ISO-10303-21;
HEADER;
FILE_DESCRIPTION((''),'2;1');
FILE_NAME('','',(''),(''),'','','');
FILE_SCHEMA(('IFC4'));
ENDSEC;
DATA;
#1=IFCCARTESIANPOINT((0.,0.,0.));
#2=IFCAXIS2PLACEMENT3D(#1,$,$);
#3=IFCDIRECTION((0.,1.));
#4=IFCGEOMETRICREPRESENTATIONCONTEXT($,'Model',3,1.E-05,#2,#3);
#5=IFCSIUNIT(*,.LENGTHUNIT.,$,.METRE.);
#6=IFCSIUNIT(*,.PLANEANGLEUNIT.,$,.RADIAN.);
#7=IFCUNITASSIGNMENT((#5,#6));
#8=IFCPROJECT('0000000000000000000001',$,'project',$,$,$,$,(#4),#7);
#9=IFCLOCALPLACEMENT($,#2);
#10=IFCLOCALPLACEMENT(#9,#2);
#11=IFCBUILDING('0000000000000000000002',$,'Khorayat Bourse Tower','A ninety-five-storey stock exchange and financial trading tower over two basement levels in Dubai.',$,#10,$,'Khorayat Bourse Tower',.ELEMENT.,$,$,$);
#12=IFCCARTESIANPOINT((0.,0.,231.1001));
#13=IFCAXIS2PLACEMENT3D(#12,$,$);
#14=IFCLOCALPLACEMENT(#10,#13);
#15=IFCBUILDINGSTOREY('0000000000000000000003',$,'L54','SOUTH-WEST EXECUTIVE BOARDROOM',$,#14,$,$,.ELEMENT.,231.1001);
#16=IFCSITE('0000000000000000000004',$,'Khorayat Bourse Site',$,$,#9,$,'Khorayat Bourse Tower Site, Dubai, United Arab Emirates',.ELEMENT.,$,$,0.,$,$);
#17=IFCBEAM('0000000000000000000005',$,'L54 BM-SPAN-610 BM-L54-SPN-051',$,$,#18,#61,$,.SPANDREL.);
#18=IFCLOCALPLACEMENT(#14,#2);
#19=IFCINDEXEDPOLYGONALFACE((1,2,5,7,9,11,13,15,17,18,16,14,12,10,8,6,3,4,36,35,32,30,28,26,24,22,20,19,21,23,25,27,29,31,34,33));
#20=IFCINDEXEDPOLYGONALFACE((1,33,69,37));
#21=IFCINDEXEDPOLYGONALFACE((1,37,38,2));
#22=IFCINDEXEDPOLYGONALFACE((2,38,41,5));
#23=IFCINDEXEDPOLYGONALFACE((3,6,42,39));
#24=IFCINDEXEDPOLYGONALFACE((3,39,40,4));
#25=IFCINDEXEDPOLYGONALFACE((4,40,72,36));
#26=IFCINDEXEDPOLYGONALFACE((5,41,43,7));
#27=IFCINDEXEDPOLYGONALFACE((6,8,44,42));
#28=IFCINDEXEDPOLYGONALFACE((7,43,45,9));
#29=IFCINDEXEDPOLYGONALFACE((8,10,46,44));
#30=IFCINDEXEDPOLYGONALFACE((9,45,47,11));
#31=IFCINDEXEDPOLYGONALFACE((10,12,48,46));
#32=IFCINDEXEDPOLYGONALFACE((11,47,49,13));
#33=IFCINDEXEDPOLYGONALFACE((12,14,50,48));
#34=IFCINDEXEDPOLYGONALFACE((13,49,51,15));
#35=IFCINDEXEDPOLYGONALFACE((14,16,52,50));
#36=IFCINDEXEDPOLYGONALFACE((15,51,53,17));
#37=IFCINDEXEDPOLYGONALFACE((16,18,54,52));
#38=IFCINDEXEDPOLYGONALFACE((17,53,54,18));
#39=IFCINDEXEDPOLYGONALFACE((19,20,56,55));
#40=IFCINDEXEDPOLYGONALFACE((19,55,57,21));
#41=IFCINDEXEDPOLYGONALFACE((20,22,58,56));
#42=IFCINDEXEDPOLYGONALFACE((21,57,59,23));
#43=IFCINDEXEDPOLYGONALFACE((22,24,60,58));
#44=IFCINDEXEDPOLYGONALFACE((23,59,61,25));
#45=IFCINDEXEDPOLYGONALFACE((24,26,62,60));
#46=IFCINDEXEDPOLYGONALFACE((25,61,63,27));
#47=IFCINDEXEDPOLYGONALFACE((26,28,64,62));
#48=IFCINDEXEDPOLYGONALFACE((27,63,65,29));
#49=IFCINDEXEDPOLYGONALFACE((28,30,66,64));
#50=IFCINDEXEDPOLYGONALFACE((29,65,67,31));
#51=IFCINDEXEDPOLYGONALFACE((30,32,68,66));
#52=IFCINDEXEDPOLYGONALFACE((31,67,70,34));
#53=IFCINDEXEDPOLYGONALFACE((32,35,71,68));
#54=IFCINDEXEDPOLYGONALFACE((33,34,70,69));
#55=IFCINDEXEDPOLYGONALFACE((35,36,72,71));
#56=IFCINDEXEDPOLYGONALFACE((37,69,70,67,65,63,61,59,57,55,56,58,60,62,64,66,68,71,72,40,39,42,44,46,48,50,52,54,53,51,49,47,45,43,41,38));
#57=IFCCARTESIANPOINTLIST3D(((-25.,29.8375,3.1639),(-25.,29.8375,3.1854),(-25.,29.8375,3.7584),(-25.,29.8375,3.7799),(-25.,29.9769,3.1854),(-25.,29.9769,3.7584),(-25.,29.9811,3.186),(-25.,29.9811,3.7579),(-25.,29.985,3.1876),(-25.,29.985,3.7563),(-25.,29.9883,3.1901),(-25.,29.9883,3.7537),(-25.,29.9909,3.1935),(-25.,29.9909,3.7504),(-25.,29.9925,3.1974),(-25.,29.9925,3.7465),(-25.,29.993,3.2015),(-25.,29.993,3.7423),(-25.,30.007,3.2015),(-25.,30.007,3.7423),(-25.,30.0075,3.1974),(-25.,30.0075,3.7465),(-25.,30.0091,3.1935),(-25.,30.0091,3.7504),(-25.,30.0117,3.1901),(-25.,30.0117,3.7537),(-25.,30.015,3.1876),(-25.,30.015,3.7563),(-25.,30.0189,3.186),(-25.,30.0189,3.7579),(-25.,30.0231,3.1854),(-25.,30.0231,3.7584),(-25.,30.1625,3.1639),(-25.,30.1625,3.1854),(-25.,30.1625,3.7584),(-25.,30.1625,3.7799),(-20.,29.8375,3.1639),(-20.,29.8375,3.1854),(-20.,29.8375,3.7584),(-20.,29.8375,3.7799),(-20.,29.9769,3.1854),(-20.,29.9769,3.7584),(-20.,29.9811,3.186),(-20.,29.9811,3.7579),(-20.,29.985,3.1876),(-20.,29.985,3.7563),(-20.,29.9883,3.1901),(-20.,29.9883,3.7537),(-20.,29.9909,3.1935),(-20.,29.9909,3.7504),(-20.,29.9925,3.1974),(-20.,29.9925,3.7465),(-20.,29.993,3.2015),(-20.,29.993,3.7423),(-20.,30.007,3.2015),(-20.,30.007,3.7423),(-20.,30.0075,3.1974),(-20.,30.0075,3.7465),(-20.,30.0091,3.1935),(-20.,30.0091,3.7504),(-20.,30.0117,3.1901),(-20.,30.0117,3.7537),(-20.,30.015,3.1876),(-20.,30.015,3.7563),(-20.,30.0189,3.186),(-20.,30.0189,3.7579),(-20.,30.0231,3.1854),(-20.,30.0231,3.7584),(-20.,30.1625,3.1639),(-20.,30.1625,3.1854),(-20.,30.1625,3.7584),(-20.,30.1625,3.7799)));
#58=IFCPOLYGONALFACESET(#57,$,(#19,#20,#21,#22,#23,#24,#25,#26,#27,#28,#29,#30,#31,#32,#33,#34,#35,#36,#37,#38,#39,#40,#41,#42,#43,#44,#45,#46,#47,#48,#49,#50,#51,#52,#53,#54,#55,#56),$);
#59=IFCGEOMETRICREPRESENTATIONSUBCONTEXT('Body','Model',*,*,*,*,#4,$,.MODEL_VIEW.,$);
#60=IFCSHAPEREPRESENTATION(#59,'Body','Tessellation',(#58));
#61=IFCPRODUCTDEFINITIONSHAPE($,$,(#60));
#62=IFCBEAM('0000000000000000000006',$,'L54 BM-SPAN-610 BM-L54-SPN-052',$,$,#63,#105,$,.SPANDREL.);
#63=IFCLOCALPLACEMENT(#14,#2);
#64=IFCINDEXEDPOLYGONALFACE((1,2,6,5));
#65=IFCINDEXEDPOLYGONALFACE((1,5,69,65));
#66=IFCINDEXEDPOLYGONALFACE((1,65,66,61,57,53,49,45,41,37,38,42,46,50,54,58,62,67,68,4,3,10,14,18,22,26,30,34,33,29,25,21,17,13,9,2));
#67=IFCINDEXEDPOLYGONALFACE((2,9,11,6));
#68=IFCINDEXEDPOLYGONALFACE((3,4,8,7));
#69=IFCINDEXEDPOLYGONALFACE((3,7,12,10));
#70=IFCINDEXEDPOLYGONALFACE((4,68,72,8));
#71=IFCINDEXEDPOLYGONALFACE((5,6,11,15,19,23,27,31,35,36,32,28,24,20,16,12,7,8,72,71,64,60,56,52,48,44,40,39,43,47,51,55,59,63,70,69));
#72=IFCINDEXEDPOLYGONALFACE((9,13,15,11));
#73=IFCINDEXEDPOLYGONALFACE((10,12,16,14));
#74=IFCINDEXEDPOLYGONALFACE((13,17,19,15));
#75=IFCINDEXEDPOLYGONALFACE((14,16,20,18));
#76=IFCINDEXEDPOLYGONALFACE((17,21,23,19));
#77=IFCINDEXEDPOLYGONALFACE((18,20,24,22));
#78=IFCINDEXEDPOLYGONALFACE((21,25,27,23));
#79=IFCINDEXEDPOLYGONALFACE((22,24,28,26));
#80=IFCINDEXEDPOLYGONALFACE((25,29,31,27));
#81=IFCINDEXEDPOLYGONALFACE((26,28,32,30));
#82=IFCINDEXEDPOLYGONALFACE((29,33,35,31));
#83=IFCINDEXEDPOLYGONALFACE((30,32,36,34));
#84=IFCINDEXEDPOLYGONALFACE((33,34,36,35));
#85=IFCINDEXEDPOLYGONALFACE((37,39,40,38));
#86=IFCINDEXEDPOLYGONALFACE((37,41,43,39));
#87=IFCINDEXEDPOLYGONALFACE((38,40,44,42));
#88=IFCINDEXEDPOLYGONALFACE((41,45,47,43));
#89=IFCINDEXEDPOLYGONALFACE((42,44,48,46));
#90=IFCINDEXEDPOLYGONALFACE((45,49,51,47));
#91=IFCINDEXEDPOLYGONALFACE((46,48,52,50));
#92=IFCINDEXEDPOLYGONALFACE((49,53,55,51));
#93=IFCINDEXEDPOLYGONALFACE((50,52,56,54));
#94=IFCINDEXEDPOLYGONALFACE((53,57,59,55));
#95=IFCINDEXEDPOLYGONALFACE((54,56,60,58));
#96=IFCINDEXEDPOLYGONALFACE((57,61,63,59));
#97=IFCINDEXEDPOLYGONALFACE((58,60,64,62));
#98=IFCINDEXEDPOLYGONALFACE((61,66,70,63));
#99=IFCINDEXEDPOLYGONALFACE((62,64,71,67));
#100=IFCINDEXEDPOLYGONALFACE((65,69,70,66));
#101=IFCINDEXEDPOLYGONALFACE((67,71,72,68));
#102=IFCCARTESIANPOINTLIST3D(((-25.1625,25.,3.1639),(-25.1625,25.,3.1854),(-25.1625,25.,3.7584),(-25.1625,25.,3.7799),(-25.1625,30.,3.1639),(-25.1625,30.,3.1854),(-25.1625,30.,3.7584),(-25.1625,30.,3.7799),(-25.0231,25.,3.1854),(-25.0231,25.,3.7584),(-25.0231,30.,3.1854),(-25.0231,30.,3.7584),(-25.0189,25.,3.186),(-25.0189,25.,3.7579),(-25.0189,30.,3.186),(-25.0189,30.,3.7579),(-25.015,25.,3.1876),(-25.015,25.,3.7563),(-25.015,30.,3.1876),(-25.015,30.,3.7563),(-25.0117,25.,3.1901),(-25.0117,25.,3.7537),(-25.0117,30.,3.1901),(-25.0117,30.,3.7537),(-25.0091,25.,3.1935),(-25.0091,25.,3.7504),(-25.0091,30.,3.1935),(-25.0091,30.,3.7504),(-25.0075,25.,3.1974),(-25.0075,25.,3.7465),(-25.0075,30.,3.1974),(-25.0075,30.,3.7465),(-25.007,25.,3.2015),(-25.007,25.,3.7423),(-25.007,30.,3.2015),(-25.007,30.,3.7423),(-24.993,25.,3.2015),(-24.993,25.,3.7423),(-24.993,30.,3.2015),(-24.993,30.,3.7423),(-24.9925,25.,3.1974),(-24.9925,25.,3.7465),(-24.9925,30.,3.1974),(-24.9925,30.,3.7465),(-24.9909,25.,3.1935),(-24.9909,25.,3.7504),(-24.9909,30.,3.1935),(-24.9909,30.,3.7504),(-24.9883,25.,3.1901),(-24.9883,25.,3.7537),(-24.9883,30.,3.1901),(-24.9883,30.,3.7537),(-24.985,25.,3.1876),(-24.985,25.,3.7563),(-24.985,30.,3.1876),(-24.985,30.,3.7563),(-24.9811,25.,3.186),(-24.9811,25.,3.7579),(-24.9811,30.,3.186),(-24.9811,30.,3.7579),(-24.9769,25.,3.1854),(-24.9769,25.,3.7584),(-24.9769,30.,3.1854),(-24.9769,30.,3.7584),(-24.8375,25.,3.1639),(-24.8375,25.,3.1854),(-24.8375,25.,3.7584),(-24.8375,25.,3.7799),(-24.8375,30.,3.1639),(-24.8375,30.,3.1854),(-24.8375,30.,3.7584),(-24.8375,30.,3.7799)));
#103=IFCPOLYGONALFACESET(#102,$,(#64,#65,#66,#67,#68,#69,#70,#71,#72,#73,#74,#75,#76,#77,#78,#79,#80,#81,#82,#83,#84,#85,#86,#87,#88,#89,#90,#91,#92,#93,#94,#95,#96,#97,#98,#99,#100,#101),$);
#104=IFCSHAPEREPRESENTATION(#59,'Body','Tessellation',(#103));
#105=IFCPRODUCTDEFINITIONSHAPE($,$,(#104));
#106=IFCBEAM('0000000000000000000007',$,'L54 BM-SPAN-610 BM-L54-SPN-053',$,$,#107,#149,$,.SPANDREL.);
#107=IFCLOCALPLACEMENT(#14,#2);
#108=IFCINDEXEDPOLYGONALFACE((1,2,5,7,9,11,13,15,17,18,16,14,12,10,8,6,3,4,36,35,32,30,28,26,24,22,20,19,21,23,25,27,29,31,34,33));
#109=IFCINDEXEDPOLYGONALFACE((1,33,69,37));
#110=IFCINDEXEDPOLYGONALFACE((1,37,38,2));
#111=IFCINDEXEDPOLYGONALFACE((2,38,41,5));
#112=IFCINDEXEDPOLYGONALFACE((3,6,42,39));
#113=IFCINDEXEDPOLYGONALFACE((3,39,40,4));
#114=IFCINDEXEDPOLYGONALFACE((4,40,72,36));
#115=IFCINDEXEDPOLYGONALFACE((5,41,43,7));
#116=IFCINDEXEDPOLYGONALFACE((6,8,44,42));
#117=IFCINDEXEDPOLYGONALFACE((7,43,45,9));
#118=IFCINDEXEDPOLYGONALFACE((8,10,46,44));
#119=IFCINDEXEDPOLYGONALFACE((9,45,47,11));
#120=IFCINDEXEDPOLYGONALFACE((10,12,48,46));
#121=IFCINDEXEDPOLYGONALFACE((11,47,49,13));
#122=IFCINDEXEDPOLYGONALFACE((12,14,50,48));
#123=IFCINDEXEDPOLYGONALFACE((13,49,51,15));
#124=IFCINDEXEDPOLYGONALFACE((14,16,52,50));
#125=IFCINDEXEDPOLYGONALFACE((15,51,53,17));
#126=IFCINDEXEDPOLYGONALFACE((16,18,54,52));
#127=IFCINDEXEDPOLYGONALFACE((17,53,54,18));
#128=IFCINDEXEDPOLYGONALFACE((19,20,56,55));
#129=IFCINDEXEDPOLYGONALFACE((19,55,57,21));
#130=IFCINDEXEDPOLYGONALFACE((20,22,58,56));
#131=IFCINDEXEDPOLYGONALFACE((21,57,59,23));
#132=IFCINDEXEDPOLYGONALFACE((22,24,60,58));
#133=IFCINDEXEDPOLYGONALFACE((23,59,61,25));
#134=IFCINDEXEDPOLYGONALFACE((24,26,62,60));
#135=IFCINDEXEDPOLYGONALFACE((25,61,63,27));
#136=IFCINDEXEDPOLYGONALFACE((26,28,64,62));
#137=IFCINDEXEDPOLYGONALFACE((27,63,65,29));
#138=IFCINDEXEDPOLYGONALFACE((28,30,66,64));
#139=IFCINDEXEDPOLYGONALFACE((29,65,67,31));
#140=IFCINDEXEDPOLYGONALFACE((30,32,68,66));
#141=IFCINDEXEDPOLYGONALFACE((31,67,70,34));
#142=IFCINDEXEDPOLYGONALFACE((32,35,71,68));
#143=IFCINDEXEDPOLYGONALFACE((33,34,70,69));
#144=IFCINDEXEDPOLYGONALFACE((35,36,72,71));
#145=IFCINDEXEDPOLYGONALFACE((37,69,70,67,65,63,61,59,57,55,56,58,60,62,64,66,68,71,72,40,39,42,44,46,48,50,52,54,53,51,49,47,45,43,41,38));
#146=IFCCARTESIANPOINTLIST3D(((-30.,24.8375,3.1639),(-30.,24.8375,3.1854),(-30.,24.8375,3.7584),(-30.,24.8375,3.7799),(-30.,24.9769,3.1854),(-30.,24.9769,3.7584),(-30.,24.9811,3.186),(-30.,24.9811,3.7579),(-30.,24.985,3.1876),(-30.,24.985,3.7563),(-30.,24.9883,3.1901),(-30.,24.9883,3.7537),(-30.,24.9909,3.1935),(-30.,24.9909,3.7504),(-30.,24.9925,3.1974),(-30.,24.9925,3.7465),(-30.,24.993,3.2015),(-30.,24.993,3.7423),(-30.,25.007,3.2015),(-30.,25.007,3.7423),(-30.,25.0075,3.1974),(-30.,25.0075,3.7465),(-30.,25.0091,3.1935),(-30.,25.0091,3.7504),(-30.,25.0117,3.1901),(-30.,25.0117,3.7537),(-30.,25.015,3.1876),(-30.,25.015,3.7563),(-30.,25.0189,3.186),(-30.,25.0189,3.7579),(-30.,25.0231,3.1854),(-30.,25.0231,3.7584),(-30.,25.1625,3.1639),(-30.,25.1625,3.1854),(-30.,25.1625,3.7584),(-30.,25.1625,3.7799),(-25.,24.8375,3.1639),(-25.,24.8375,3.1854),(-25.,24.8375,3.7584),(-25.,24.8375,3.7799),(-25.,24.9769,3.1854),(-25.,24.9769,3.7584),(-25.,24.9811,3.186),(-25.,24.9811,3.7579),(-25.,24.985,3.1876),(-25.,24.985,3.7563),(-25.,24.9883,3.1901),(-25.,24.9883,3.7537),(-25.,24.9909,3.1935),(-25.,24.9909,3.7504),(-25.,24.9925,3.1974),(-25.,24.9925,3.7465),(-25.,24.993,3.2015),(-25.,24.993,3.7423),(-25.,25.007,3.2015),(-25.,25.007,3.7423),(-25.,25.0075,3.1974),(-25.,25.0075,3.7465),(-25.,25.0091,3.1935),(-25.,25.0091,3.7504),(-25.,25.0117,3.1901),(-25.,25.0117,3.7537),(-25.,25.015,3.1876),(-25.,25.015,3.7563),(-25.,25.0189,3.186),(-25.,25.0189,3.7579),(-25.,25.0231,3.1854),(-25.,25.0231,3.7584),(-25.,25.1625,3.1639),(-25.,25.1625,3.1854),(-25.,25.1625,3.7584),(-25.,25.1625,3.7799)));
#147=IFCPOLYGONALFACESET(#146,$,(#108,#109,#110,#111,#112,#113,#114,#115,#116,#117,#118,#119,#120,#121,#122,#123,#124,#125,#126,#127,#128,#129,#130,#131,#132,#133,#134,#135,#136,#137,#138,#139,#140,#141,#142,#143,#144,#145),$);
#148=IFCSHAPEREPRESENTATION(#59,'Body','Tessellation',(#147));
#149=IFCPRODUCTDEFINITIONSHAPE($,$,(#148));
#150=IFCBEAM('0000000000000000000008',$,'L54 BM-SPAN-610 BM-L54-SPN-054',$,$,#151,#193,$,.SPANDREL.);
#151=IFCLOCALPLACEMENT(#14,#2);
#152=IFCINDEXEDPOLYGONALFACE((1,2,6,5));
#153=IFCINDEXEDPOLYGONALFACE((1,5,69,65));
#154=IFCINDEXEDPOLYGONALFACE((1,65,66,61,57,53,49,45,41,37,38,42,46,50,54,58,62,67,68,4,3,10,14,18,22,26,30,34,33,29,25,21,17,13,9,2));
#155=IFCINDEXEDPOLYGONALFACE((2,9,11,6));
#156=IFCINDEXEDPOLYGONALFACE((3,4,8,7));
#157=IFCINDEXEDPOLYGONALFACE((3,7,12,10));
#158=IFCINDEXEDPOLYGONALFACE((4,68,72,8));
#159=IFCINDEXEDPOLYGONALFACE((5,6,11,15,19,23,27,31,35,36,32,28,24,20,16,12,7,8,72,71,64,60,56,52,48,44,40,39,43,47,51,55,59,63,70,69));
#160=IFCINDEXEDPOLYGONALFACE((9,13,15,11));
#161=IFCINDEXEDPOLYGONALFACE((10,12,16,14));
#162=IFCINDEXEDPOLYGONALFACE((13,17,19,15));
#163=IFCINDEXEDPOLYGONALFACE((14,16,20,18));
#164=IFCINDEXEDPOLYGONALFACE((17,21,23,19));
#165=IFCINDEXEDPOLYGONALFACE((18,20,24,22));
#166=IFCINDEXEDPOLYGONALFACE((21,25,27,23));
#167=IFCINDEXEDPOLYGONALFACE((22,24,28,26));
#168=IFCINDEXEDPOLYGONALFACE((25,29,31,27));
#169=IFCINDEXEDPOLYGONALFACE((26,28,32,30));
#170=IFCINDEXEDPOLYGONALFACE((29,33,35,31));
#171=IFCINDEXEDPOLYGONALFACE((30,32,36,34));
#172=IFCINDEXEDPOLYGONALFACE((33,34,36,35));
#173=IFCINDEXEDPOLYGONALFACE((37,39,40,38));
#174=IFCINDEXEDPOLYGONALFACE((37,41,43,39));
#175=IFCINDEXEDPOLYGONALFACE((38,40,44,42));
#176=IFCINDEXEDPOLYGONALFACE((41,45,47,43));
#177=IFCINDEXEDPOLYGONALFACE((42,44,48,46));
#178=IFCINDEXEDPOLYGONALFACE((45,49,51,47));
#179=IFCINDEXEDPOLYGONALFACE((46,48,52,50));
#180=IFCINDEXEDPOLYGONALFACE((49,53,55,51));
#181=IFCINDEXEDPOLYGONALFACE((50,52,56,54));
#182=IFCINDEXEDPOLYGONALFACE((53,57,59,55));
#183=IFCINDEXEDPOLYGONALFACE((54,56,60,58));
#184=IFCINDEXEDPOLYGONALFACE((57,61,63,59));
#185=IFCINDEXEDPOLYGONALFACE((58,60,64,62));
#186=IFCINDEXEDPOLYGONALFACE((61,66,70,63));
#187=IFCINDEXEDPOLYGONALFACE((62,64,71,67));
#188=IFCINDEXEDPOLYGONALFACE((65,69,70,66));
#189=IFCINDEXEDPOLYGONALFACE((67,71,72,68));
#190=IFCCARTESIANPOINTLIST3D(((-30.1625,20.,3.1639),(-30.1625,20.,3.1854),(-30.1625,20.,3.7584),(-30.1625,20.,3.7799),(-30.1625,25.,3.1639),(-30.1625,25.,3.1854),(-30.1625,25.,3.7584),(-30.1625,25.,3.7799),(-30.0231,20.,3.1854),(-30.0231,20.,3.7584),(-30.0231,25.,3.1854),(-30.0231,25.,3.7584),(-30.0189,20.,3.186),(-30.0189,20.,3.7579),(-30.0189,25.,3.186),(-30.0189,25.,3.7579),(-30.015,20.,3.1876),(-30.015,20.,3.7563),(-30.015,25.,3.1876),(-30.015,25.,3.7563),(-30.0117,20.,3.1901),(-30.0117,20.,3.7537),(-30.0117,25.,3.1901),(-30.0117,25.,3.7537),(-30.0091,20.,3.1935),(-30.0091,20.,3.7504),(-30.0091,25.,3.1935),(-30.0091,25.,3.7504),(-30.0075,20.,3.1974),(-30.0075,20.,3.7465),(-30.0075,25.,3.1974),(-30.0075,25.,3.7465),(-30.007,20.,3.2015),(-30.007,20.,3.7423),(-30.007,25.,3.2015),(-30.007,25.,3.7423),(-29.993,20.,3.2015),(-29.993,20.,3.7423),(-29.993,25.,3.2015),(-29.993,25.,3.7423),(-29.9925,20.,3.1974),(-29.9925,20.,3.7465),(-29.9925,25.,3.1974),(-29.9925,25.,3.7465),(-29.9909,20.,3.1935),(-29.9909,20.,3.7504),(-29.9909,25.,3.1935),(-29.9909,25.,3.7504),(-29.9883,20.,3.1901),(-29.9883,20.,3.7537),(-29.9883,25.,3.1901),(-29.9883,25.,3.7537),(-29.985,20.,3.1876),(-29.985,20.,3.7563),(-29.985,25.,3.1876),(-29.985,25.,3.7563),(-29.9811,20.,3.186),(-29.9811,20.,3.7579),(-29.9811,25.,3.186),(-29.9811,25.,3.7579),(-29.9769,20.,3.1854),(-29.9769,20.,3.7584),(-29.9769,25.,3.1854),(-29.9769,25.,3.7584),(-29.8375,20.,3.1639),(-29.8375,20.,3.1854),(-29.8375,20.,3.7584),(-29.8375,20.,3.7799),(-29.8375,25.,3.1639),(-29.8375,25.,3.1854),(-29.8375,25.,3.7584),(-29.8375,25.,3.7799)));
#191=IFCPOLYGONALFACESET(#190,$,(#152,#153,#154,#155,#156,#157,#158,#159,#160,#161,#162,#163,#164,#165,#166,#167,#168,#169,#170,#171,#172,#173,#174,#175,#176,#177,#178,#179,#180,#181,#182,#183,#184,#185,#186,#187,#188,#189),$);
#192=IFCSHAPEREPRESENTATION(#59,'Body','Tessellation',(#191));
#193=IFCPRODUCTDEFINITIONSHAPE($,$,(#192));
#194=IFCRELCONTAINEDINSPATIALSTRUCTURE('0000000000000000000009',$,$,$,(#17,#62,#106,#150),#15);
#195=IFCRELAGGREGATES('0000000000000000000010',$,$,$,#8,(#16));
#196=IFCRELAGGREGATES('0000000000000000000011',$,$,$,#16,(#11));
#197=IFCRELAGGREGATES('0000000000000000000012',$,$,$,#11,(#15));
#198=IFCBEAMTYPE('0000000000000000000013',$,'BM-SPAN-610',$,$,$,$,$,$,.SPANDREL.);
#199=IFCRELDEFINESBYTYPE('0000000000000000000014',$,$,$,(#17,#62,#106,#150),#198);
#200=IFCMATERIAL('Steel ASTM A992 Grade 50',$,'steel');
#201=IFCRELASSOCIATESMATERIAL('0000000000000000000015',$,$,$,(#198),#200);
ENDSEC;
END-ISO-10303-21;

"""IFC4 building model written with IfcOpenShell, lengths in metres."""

from ifc_helpers import new_model, si_unit, direction, frame, origin, origin_2d, place, context, subcontext, project, spatial, i_section, extrude, source, transform, mapped, material, material_profile, profile_set, type_object, element, save


model = new_model("IFC4")

# Units and contexts
model_context = context("Model", 3, precision=1e-05, world=origin(), true_north=direction((0.0, 1.0)))
body_context = subcontext(model_context, "Body", "Model", "MODEL_VIEW")
ifc_project = project(units=[si_unit("LENGTHUNIT", "METRE"), si_unit("PLANEANGLEUNIT", "RADIAN")], contexts=[model_context])

# Site, building, storey
site_placement = place(None, origin())
site = spatial("IfcSite", under=ifc_project, at=site_placement, Name="Khorayat Bourse Site", LongName="Khorayat Bourse Tower Site, Dubai, United Arab Emirates", CompositionType="ELEMENT", RefElevation=0.0)
building_placement = place(site_placement, origin())
building = spatial("IfcBuilding", under=site, at=building_placement, Name="Khorayat Bourse Tower", Description="A ninety-five-storey stock exchange and financial trading tower over two basement levels in Dubai.", LongName="Khorayat Bourse Tower", CompositionType="ELEMENT")
storey_placement = place(building_placement, frame((0.0, 0.0, 231.1001)))
storey = spatial("IfcBuildingStorey", under=building, at=storey_placement, Name="L54", Description="SOUTH-WEST EXECUTIVE BOARDROOM", CompositionType="ELEMENT", Elevation=231.1001)

# Beams
ifc_material_1 = material(Name="Steel ASTM A992 Grade 50", Category="steel")
ifc_material_profile_1 = material_profile(ifc_material_1, i_section(OverallWidth=0.325, OverallDepth=0.616, WebThickness=0.0139, FlangeThickness=0.0215, FilletRadius=0.0161, at=origin_2d()), Name="W610X174")
ifc_profile_set_1 = profile_set([ifc_material_profile_1], Name="Steel ASTM A992 Grade 50")
beam_type_1 = type_object("IfcBeamType", Name="BM-SPAN-610", PredefinedType="SPANDREL", material=ifc_profile_set_1)
shared_shape_1 = source(origin(), body_context, "Body", "SweptSolid", [
    extrude(i_section(OverallWidth=0.325, OverallDepth=0.616, WebThickness=0.0139, FlangeThickness=0.0215, FilletRadius=0.0161, at=origin_2d()), origin(), (0.0, 0.0, 1.0), 5.0),
])
for number, where, z_axis, x_axis, name in (
    (1, (-25.0, 30.0, 3.4719), (1.0, 0.0, 0.0), (0.0, 1.0, 0.0), "L54 BM-SPAN-610 BM-L54-SPN-051"),
    (2, (-25.0, 25.0, 3.4719), (0.0, 1.0, 0.0), (-1.0, 0.0, 0.0), "L54 BM-SPAN-610 BM-L54-SPN-052"),
    (3, (-30.0, 25.0, 3.4719), (1.0, 0.0, 0.0), (0.0, 1.0, 0.0), "L54 BM-SPAN-610 BM-L54-SPN-053"),
    (4, (-30.0, 20.0, 3.4719), (0.0, 1.0, 0.0), (-1.0, 0.0, 0.0), "L54 BM-SPAN-610 BM-L54-SPN-054"),
):
    element("IfcBeam", number, at=place(storey_placement, frame(where, z_axis=z_axis, x_axis=x_axis)), inside=storey, type_object=beam_type_1, Name=name, PredefinedType="SPANDREL", context=body_context, shape_type="MappedRepresentation", body=[
        mapped(shared_shape_1, transform((0.0, 0.0, 0.0), scale=1.0)),
    ])

save(model, "model.ifc")
